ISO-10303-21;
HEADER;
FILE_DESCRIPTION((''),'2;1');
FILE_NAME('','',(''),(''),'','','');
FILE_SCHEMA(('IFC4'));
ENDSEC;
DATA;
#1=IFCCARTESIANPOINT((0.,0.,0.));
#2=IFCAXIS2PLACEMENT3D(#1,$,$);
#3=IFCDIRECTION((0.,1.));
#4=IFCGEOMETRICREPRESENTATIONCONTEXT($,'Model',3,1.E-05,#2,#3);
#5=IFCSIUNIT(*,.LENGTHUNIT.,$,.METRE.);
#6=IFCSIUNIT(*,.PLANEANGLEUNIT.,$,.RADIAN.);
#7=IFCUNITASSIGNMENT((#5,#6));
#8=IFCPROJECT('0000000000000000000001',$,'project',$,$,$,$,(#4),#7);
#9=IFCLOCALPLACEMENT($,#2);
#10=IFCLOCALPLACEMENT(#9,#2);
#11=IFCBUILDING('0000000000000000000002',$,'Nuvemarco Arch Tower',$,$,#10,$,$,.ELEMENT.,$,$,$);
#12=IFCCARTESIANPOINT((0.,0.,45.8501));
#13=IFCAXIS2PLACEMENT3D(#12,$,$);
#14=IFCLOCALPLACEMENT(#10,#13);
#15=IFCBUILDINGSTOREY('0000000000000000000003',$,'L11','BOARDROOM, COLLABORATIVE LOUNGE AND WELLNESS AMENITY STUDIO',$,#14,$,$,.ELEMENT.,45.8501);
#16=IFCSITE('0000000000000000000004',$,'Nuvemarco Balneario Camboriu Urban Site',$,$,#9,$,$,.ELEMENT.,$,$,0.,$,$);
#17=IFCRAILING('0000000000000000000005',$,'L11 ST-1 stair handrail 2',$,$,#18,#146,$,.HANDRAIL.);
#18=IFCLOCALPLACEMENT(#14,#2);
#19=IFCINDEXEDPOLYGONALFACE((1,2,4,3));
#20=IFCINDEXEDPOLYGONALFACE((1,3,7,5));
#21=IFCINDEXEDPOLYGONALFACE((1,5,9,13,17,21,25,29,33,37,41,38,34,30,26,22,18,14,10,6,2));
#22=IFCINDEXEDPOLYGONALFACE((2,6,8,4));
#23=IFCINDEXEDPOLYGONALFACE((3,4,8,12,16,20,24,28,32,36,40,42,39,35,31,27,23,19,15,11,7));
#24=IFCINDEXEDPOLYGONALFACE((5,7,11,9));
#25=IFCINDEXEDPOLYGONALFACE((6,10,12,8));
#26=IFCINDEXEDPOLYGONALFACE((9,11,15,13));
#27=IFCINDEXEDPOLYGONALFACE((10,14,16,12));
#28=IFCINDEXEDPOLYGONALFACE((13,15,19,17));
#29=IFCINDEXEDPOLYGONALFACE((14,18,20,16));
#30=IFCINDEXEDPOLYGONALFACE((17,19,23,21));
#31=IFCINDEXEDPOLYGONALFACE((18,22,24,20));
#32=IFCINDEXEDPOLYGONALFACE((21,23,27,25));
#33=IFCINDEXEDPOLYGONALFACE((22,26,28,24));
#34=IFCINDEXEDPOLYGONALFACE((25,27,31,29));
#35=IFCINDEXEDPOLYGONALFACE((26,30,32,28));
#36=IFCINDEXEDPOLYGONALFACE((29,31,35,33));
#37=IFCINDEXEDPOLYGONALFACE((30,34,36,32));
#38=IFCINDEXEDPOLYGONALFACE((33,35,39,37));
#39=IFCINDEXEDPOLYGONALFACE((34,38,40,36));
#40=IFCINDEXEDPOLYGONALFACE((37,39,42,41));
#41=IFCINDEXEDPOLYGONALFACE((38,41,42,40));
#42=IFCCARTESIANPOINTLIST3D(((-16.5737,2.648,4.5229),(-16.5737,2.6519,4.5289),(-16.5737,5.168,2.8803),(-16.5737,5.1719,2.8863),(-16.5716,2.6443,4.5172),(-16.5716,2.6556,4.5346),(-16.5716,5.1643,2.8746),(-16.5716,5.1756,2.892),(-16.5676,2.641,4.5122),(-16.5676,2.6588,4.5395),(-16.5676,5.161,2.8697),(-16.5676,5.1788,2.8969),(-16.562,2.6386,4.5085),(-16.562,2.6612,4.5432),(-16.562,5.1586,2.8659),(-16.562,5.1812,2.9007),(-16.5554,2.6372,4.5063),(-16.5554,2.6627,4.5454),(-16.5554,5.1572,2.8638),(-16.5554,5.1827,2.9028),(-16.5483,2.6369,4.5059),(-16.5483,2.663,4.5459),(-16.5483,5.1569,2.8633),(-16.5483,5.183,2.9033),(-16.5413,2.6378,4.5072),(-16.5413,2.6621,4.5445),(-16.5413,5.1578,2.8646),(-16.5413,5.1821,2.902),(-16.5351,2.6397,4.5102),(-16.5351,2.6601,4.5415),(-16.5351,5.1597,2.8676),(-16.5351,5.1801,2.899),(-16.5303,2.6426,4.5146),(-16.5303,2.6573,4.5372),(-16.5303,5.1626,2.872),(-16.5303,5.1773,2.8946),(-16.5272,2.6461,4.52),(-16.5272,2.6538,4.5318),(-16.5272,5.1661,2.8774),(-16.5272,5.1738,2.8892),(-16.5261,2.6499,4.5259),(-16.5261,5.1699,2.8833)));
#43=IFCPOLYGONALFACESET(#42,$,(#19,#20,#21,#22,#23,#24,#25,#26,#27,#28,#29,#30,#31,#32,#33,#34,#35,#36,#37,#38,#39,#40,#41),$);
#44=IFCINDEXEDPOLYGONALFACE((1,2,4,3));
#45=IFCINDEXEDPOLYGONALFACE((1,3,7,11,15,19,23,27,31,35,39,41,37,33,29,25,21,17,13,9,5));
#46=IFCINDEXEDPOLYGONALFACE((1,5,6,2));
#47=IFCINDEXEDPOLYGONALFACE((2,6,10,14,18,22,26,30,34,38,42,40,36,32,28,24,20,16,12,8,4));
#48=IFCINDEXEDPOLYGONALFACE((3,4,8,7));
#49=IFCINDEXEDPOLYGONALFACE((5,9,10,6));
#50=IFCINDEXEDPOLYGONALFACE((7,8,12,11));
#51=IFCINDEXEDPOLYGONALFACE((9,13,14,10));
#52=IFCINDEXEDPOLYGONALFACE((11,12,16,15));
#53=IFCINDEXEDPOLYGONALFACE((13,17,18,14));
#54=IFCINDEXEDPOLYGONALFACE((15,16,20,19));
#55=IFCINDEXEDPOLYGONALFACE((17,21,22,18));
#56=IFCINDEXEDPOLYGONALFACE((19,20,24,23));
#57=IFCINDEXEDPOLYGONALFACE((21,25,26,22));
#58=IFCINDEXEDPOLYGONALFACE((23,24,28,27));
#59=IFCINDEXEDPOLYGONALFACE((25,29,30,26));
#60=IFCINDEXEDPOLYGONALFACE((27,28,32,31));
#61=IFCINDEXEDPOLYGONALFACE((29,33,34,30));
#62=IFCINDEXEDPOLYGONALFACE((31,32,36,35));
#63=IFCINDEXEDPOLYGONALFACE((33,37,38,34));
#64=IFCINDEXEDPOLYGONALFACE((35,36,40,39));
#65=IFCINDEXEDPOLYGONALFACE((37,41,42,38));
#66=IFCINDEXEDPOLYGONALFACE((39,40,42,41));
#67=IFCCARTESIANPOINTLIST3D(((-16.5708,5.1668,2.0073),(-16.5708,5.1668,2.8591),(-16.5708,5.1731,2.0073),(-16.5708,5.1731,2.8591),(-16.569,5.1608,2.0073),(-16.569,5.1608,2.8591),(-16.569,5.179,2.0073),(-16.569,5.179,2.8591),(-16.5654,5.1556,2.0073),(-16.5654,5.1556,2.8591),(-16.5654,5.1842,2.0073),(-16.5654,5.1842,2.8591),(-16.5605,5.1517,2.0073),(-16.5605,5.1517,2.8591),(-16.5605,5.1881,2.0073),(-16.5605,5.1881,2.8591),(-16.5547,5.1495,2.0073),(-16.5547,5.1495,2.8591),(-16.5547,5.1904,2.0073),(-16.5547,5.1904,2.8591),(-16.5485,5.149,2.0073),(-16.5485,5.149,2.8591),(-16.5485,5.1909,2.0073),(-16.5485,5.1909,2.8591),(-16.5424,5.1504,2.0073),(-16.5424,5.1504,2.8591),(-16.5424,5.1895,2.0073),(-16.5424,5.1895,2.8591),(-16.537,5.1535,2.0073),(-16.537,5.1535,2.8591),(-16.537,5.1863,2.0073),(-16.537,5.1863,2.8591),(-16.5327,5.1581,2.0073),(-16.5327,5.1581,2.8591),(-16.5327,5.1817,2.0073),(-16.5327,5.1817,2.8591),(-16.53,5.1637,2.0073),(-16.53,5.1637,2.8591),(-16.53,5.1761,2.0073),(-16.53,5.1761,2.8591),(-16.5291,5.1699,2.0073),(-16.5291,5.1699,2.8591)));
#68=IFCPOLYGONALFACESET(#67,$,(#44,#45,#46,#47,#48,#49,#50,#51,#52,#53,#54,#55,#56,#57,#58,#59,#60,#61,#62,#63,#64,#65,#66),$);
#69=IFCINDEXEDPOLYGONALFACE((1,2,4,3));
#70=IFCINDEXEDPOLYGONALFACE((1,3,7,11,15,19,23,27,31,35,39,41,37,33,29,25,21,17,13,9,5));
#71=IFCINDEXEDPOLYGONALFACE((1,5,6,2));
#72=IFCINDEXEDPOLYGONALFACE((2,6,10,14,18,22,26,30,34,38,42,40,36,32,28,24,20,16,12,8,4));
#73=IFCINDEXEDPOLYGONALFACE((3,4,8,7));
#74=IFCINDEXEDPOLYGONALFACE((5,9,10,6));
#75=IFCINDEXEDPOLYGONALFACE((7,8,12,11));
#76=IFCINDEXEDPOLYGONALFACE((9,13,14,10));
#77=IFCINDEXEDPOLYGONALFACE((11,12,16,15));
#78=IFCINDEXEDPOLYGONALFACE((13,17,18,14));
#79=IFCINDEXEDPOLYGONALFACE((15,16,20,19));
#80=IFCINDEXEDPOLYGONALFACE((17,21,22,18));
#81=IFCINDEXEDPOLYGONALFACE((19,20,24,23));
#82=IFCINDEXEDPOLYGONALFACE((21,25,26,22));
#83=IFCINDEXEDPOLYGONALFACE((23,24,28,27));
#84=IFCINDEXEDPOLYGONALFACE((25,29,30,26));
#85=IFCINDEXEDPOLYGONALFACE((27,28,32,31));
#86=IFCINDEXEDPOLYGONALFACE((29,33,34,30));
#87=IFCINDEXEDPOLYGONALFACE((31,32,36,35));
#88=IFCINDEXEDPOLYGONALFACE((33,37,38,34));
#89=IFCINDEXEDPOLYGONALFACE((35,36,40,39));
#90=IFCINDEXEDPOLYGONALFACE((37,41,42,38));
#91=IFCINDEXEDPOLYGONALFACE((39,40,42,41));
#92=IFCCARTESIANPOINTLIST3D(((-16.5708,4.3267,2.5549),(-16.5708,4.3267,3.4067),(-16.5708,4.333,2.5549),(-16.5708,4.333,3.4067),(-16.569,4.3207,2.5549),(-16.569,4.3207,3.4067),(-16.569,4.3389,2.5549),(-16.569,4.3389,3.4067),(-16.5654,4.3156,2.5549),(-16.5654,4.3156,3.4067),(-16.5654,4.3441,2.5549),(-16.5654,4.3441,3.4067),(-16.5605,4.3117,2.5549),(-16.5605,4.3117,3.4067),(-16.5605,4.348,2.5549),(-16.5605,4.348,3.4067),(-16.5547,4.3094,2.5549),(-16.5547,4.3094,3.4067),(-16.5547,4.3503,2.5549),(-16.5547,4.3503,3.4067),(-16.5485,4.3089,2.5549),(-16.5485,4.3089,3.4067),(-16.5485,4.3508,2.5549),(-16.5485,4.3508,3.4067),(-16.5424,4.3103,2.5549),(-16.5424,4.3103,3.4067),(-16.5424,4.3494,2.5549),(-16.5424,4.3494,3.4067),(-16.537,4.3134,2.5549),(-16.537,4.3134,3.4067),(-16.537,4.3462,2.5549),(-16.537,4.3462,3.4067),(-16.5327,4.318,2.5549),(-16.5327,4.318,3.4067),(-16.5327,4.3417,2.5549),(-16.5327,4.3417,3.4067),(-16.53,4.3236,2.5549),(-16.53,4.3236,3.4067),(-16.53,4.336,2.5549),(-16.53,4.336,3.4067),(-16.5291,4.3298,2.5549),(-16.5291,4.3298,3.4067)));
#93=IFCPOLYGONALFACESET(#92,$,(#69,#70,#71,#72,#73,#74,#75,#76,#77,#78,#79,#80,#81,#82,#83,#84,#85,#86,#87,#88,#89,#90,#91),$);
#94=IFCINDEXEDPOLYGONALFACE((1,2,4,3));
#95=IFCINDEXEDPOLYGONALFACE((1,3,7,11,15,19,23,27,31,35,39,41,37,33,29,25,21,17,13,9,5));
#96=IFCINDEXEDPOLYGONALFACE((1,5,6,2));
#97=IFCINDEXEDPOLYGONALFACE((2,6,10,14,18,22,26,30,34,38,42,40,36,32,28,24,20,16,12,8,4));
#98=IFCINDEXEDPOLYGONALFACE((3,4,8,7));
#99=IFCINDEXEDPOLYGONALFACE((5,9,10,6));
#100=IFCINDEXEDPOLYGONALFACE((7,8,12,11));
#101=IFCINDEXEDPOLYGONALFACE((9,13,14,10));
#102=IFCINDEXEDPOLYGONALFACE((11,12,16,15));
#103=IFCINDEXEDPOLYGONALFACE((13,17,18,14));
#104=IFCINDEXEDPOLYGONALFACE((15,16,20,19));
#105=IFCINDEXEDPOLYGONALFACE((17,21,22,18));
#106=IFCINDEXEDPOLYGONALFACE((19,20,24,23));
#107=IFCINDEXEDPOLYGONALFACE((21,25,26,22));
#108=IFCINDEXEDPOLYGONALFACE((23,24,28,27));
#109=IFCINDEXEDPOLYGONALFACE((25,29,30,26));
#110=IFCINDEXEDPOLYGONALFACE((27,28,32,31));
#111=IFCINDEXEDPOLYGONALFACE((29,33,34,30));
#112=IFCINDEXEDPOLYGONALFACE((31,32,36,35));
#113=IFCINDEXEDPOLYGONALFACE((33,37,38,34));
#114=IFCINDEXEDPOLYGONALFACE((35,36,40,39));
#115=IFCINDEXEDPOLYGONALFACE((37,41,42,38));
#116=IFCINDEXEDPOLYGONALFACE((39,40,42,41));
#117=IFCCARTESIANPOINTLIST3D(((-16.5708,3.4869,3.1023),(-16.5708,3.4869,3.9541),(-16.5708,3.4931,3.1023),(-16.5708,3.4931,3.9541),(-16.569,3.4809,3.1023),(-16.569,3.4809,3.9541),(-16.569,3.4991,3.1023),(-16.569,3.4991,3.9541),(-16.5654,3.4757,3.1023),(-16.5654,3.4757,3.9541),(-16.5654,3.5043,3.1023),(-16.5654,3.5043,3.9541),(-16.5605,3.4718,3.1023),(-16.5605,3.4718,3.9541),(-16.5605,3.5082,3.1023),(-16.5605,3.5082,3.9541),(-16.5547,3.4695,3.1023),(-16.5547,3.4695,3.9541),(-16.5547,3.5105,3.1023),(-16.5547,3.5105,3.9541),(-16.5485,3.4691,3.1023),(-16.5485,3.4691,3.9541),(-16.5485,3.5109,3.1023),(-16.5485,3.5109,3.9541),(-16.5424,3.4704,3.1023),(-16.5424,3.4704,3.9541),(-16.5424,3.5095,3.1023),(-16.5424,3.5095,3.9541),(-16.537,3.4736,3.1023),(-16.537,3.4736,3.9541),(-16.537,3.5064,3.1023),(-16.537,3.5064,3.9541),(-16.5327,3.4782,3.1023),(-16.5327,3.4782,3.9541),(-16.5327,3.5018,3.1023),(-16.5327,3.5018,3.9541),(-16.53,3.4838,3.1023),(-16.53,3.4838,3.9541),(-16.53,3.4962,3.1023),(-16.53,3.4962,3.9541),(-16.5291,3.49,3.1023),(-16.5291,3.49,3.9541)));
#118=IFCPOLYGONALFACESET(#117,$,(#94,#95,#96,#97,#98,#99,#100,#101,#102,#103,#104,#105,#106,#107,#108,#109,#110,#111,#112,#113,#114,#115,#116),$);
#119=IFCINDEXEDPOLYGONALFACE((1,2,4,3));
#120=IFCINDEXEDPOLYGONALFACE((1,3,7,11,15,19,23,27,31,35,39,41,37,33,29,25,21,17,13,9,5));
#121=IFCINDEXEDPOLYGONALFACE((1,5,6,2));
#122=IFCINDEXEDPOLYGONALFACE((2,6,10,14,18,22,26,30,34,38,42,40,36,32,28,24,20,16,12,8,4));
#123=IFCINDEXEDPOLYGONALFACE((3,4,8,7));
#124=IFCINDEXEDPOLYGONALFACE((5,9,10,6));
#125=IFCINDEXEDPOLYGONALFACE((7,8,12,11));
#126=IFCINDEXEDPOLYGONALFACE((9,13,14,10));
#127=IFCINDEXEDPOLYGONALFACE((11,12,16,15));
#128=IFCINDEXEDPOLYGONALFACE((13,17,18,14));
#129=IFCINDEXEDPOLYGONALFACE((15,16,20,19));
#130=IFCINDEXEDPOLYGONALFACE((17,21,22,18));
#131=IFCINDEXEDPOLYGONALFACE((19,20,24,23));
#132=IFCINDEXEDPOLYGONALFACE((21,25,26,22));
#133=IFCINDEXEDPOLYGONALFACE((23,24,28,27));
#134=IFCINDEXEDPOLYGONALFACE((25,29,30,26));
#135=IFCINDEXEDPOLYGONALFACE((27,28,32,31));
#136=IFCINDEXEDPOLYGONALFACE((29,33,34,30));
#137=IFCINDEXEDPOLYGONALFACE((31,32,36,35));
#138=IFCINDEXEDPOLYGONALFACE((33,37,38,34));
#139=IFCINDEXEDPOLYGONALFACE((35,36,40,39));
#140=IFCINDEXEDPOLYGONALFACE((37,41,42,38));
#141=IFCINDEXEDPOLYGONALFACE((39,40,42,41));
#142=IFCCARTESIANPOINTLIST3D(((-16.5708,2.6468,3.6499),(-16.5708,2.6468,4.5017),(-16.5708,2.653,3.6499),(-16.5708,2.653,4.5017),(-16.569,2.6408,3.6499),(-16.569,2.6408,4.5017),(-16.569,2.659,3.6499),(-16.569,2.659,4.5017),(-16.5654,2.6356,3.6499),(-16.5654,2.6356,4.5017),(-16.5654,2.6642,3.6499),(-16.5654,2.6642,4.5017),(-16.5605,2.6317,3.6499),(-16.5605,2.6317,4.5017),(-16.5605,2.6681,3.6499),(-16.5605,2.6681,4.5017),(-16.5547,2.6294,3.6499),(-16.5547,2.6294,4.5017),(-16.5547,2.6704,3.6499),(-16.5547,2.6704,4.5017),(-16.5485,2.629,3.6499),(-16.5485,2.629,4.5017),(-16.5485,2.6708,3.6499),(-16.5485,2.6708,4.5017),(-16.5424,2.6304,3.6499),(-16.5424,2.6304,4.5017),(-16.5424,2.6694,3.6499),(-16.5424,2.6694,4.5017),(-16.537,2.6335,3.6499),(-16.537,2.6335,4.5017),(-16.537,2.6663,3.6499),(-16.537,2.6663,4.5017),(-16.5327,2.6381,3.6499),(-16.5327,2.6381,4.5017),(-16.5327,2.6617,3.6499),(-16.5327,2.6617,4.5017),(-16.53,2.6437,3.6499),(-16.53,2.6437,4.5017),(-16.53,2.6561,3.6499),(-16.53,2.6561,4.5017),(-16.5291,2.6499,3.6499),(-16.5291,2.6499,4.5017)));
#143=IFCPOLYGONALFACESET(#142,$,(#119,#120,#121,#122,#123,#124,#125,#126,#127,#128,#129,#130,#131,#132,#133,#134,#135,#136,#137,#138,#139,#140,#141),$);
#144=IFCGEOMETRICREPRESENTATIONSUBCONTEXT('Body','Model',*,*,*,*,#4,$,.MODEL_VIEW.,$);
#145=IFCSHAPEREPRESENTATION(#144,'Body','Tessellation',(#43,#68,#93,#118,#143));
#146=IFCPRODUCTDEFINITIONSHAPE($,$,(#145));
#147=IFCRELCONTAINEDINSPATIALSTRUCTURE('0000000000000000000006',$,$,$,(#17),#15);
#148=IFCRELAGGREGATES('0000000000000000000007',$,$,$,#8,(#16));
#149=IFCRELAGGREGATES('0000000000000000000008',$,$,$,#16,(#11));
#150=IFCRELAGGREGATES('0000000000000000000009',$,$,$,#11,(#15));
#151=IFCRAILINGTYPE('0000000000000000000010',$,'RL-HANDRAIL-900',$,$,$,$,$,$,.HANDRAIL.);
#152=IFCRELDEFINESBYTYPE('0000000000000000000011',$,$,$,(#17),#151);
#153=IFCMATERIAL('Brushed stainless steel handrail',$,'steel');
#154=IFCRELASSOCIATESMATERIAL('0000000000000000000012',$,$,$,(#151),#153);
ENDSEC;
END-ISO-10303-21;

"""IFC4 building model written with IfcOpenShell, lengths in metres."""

from ifc_helpers import new_model, si_unit, direction, frame, origin, origin_2d, place, context, subcontext, project, spatial, circle, extrude, material, type_object, element, save


model = new_model("IFC4")

# Units and contexts
model_context = context("Model", 3, precision=1e-05, world=origin(), true_north=direction((0.0, 1.0)))
body_context = subcontext(model_context, "Body", "Model", "MODEL_VIEW")
ifc_project = project(units=[si_unit("LENGTHUNIT", "METRE"), si_unit("PLANEANGLEUNIT", "RADIAN")], contexts=[model_context])

# Site, building, storey
site_placement = place(None, origin())
site = spatial("IfcSite", under=ifc_project, at=site_placement, Name="Nuvemarco Balneario Camboriu Urban Site", CompositionType="ELEMENT", RefElevation=0.0)
building_placement = place(site_placement, origin())
building = spatial("IfcBuilding", under=site, at=building_placement, Name="Nuvemarco Arch Tower", CompositionType="ELEMENT")
storey_placement = place(building_placement, frame((0.0, 0.0, 45.8501)))
storey = spatial("IfcBuildingStorey", under=building, at=storey_placement, Name="L11", Description="BOARDROOM, COLLABORATIVE LOUNGE AND WELLNESS AMENITY STUDIO", CompositionType="ELEMENT", Elevation=45.8501)

# Railing
ifc_material_1 = material(Name="Brushed stainless steel handrail", Category="steel")
railing_type_1 = type_object("IfcRailingType", Name="RL-HANDRAIL-900", PredefinedType="HANDRAIL", material=ifc_material_1)
railing_1_placement = place(storey_placement, frame((-16.55, 5.1699, 2.0073)))
element("IfcRailing", 1, at=railing_1_placement, inside=storey, type_object=railing_type_1, Name="L11 ST-1 stair handrail 2", PredefinedType="HANDRAIL", context=body_context, shape_type="SweptSolid", body=[
    extrude(circle(Radius=0.0239, at=origin_2d()), frame((0.0, 0.0, 0.876), z_axis=(0.0, -0.837749, 0.546055), x_axis=(1.0, 0.0, 0.0)), (0.0, 0.0, 1.0), 3.0081),
    extrude(circle(Radius=0.021, at=origin_2d()), origin(), (0.0, 0.0, 1.0), 0.8518),
    extrude(circle(Radius=0.021, at=origin_2d()), frame((0.0, -0.8401, 0.5476)), (0.0, 0.0, 1.0), 0.8518),
    extrude(circle(Radius=0.021, at=origin_2d()), frame((0.0, -1.6799, 1.095)), (0.0, 0.0, 1.0), 0.8518),
    extrude(circle(Radius=0.021, at=origin_2d()), frame((0.0, -2.52, 1.6426)), (0.0, 0.0, 1.0), 0.8518),
])

save(model, "model.ifc")
